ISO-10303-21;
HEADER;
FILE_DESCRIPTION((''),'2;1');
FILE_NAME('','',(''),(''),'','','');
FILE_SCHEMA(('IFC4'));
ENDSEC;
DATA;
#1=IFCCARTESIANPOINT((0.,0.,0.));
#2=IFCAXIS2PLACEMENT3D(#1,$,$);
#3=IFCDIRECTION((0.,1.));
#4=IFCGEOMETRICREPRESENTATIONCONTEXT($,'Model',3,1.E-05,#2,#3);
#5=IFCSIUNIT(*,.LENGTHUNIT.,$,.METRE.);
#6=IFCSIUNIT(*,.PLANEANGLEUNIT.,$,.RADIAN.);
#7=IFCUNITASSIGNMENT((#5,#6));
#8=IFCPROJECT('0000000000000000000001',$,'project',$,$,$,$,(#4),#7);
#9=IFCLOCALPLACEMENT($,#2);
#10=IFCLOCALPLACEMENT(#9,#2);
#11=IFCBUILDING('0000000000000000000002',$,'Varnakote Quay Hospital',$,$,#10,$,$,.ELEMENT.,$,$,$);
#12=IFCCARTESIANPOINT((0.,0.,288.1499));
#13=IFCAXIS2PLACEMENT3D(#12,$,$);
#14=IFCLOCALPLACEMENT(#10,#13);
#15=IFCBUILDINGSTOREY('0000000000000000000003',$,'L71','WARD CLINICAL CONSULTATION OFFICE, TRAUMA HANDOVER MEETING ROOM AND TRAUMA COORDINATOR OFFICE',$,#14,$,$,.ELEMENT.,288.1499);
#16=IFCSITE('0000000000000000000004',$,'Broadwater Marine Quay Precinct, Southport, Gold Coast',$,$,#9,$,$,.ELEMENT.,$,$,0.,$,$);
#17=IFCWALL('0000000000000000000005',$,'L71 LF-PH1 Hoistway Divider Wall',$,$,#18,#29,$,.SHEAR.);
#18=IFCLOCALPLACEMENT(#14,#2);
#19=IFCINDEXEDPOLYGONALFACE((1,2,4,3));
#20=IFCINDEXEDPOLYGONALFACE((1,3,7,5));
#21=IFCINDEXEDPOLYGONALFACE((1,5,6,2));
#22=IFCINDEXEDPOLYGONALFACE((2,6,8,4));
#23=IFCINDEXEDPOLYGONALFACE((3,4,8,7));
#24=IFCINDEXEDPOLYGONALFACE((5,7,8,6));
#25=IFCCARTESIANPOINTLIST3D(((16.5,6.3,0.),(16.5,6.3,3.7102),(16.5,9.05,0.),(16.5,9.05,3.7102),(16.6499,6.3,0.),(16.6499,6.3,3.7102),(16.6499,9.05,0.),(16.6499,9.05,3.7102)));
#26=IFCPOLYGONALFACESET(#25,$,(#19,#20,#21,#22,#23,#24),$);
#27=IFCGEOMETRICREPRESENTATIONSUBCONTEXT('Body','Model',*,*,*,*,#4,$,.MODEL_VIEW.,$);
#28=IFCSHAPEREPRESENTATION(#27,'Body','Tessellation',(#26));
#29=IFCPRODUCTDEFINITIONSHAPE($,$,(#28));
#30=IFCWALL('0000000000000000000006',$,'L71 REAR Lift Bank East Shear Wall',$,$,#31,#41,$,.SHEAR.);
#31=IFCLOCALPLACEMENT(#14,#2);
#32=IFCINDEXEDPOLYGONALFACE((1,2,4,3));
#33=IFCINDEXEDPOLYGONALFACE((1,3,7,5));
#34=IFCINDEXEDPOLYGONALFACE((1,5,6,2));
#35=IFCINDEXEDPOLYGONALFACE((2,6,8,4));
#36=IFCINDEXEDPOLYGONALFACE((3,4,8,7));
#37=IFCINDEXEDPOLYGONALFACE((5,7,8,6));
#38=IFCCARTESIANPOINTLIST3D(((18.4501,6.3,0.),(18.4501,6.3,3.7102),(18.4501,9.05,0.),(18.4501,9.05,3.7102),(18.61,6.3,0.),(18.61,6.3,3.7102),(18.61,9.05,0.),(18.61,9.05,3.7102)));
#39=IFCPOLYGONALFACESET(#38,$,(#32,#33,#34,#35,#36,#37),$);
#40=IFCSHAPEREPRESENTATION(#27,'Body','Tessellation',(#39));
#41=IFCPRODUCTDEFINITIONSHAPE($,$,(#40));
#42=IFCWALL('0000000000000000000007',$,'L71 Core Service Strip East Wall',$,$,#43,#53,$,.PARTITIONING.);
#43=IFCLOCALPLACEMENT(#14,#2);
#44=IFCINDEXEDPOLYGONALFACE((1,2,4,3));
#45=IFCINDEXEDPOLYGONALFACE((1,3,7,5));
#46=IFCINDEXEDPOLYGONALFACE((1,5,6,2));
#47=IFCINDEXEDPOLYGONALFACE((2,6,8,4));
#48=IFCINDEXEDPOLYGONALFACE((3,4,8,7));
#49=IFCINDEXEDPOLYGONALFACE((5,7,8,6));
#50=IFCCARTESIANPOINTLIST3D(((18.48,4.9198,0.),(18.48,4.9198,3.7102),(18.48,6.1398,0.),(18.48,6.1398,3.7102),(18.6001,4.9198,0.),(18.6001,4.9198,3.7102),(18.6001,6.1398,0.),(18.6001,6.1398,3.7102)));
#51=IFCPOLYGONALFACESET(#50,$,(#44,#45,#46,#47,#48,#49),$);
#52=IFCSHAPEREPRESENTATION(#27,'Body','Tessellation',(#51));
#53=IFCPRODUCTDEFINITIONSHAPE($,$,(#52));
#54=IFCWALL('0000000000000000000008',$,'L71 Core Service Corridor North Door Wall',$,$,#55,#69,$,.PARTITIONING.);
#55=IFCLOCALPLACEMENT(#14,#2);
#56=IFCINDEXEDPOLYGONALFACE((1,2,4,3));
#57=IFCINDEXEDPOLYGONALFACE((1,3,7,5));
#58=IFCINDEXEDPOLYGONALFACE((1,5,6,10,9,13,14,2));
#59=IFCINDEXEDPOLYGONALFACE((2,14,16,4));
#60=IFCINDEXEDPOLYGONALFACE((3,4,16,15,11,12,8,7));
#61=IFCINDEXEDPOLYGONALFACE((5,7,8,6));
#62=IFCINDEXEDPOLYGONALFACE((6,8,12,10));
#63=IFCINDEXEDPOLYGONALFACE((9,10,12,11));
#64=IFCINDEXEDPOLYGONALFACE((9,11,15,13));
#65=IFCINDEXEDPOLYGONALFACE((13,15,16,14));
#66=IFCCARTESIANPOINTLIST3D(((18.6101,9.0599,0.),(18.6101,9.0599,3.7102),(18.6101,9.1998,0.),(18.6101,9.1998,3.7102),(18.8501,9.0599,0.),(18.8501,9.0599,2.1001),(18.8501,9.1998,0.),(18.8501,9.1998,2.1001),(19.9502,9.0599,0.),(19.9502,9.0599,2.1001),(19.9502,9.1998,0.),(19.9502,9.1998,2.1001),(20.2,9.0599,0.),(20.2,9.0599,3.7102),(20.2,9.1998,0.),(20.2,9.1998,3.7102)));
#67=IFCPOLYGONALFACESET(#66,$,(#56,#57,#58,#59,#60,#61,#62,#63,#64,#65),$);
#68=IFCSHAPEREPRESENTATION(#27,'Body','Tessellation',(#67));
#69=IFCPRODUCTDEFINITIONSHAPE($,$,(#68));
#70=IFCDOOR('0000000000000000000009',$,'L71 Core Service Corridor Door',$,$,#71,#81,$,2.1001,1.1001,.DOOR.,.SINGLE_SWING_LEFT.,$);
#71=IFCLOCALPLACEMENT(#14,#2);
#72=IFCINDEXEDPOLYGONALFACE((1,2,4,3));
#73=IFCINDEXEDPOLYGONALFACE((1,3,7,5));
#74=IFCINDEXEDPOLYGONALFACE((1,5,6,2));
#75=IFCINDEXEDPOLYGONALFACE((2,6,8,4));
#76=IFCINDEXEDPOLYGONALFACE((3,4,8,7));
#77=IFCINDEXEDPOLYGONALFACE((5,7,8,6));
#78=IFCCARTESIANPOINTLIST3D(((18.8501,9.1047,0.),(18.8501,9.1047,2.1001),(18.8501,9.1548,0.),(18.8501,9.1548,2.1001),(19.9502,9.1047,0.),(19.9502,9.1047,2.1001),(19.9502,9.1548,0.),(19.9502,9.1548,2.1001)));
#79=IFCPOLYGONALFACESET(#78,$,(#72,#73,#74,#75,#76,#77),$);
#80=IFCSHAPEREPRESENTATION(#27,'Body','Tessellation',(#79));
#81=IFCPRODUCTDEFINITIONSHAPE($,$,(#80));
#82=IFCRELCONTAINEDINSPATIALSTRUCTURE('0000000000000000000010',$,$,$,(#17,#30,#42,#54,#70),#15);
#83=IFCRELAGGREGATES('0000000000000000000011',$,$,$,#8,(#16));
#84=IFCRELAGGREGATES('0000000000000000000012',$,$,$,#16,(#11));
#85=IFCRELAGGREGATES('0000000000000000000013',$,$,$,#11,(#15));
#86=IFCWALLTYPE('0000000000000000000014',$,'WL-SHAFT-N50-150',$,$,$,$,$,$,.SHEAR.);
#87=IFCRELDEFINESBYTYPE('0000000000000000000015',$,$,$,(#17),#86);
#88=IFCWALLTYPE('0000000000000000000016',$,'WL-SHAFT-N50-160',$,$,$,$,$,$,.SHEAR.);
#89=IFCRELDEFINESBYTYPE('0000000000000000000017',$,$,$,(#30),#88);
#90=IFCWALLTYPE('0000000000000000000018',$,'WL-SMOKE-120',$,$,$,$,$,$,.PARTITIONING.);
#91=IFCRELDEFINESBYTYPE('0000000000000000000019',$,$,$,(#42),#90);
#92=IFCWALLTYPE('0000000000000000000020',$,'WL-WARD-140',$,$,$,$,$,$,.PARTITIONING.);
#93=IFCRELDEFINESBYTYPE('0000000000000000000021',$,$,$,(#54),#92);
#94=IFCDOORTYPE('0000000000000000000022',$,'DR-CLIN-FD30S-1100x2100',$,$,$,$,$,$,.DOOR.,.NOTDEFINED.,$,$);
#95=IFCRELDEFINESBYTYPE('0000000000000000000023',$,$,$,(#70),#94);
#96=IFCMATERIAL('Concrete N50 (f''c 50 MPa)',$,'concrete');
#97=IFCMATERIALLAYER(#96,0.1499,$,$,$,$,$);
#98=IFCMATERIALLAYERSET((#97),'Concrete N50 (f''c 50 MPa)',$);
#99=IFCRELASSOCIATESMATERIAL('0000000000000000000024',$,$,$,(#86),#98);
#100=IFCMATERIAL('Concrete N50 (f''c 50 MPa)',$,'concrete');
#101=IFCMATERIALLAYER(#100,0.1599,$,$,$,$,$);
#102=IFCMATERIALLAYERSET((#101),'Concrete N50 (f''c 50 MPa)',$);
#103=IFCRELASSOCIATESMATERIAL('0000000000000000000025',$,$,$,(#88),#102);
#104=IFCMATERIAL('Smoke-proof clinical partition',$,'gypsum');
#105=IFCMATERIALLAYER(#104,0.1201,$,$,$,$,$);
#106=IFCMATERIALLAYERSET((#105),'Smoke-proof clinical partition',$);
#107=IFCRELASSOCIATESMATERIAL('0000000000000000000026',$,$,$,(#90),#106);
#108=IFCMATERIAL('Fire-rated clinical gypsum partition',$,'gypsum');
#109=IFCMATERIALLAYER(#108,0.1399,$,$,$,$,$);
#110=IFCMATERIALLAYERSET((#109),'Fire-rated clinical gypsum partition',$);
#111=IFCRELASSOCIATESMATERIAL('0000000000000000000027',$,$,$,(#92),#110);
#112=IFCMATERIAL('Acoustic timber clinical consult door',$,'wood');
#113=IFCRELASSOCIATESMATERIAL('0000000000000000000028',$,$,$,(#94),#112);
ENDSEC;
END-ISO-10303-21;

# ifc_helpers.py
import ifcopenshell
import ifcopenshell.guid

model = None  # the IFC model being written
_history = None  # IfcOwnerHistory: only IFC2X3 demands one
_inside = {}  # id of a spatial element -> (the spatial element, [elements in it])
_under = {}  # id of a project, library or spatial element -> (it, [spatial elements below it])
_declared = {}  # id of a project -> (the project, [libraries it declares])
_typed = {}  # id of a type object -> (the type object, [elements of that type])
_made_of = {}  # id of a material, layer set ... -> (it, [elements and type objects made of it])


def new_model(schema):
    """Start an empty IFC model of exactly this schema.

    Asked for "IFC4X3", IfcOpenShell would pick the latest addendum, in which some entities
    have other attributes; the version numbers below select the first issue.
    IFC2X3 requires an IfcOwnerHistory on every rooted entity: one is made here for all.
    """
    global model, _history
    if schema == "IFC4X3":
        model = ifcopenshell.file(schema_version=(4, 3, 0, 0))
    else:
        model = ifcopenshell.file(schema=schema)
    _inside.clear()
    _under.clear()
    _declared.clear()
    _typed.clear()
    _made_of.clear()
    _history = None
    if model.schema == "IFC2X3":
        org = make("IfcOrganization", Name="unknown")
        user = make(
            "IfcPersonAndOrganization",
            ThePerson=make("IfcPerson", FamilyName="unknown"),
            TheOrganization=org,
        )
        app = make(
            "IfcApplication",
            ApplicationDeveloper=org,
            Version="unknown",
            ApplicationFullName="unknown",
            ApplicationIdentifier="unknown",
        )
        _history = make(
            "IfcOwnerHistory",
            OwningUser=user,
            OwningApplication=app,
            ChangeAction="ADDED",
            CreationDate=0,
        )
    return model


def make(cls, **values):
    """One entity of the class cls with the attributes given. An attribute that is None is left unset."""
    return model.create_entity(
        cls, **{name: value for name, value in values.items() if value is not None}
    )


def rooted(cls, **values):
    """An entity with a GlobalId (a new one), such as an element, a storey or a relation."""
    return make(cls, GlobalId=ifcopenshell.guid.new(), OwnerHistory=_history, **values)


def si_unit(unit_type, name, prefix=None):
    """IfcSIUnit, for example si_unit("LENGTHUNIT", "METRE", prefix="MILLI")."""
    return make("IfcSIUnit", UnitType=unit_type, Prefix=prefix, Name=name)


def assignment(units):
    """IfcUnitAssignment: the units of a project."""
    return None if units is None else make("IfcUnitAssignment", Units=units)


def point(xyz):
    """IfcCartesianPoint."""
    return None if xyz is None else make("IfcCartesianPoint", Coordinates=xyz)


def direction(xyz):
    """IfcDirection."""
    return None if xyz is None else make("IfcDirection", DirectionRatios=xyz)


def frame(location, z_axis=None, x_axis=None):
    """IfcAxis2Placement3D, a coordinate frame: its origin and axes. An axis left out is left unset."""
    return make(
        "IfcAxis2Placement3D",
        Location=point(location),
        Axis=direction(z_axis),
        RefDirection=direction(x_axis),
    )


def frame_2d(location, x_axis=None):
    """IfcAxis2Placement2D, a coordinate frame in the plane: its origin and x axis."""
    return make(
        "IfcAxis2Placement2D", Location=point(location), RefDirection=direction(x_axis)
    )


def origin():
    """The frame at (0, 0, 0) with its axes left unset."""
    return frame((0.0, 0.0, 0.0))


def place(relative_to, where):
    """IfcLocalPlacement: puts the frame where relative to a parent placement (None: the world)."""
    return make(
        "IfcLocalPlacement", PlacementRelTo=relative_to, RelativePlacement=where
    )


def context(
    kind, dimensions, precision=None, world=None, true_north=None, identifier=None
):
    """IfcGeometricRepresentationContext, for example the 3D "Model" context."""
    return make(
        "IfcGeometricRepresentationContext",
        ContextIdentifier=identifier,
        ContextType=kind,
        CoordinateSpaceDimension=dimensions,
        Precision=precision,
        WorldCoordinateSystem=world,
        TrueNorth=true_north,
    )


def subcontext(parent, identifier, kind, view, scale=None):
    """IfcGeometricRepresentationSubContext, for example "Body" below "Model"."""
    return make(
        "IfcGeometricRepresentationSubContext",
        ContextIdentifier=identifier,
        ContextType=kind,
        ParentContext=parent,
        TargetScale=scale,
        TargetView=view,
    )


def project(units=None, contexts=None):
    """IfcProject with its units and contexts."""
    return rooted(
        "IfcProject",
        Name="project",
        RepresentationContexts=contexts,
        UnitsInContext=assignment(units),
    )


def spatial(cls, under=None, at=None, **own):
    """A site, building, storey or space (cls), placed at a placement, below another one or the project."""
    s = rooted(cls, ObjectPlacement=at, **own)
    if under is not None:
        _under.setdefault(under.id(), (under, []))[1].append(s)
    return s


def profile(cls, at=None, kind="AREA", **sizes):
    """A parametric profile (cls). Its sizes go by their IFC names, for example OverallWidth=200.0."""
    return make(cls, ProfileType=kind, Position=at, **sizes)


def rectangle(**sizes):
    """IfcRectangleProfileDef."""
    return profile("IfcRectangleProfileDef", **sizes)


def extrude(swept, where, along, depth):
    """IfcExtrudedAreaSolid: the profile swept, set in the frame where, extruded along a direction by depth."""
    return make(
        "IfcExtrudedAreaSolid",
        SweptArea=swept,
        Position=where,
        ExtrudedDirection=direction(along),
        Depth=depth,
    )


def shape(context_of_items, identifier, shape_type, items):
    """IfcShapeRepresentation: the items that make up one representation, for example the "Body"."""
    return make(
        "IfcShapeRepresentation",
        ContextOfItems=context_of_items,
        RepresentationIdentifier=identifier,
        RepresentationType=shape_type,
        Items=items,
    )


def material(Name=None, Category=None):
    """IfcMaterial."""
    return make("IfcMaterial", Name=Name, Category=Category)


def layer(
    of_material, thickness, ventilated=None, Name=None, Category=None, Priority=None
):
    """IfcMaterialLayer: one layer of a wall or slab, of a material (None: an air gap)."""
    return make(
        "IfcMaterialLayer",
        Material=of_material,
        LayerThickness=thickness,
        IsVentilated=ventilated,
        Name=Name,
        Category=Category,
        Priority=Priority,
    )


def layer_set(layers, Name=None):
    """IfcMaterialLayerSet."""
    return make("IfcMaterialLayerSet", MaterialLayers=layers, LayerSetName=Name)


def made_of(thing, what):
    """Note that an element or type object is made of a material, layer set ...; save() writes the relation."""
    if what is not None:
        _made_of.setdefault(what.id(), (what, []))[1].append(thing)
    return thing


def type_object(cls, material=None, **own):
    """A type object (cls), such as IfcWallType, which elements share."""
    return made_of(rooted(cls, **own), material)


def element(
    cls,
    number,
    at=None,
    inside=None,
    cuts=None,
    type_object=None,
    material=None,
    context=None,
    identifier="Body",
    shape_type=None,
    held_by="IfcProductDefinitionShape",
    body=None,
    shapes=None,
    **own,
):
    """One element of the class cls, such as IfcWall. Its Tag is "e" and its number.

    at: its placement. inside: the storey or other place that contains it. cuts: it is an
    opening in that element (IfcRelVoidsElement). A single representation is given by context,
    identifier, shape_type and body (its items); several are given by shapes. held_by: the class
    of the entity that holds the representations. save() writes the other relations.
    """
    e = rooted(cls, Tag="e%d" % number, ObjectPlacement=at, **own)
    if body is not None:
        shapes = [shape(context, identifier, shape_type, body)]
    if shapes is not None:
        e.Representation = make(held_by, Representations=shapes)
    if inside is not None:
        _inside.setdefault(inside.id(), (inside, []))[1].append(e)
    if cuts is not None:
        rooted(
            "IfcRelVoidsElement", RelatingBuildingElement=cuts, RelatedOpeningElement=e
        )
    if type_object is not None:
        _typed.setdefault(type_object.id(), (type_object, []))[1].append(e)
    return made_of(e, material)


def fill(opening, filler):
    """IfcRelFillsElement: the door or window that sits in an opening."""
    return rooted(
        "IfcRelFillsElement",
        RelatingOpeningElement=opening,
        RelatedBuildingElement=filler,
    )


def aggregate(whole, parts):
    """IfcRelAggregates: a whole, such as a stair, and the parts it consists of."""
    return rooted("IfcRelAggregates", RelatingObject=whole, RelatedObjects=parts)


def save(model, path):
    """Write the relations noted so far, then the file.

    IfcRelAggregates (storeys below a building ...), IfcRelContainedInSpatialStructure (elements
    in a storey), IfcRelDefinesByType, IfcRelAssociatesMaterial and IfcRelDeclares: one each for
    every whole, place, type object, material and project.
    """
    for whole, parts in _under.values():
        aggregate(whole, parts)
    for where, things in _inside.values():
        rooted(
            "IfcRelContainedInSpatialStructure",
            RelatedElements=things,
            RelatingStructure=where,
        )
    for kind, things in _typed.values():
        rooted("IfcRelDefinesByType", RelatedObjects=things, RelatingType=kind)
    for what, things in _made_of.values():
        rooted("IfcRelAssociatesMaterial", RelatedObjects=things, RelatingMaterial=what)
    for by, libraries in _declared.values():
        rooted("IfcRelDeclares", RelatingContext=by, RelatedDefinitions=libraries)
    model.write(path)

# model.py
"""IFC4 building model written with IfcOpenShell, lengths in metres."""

from ifc_helpers import new_model, si_unit, direction, frame, frame_2d, origin, place, context, subcontext, project, spatial, rectangle, extrude, material, layer, layer_set, type_object, element, fill, save


model = new_model("IFC4")

# Units and contexts
model_context = context("Model", 3, precision=1e-05, world=origin(), true_north=direction((0.0, 1.0)))
body_context = subcontext(model_context, "Body", "Model", "MODEL_VIEW")
ifc_project = project(units=[si_unit("LENGTHUNIT", "METRE"), si_unit("PLANEANGLEUNIT", "RADIAN")], contexts=[model_context])

# Site, building, storey
site_placement = place(None, origin())
site = spatial("IfcSite", under=ifc_project, at=site_placement, Name="Broadwater Marine Quay Precinct, Southport, Gold Coast", CompositionType="ELEMENT", RefElevation=0.0)
building_placement = place(site_placement, origin())
building = spatial("IfcBuilding", under=site, at=building_placement, Name="Varnakote Quay Hospital", CompositionType="ELEMENT")
storey_placement = place(building_placement, frame((0.0, 0.0, 288.1499)))
storey = spatial("IfcBuildingStorey", under=building, at=storey_placement, Name="L71", Description="WARD CLINICAL CONSULTATION OFFICE, TRAUMA HANDOVER MEETING ROOM AND TRAUMA COORDINATOR OFFICE", CompositionType="ELEMENT", Elevation=288.1499)

# Walls
ifc_material_1 = material(Name="Concrete N50 (f'c 50 MPa)", Category="concrete")
ifc_layer_1 = layer(ifc_material_1, 0.1499)
ifc_layer_set_1 = layer_set([ifc_layer_1], Name="Concrete N50 (f'c 50 MPa)")
wall_type_1 = type_object("IfcWallType", Name="WL-SHAFT-N50-150", PredefinedType="SHEAR", material=ifc_layer_set_1)
for number, where, z_axis, x_axis, name in (
    (1, (16.575, 6.3, 0.0), (0.0, 0.0, 1.0), (0.0, 1.0, 0.0), "L71 LF-PH1 Hoistway Divider Wall"),
):
    element("IfcWall", number, at=place(storey_placement, frame(where, z_axis=z_axis, x_axis=x_axis)), inside=storey, type_object=wall_type_1, Name=name, PredefinedType="SHEAR", context=body_context, shape_type="SweptSolid", body=[
        extrude(rectangle(XDim=2.75, YDim=0.1499, at=frame_2d((1.375, 0.0))), origin(), (0.0, 0.0, 1.0), 3.7102),
    ])
ifc_material_2 = material(Name="Concrete N50 (f'c 50 MPa)", Category="concrete")
ifc_layer_2 = layer(ifc_material_2, 0.1599)
ifc_layer_set_2 = layer_set([ifc_layer_2], Name="Concrete N50 (f'c 50 MPa)")
wall_type_2 = type_object("IfcWallType", Name="WL-SHAFT-N50-160", PredefinedType="SHEAR", material=ifc_layer_set_2)
wall_1_placement = place(storey_placement, frame((18.53, 6.3, 0.0), z_axis=(0.0, 0.0, 1.0), x_axis=(0.0, 1.0, 0.0)))
element("IfcWall", 2, at=wall_1_placement, inside=storey, type_object=wall_type_2, Name="L71 REAR Lift Bank East Shear Wall", PredefinedType="SHEAR", context=body_context, shape_type="SweptSolid", body=[
    extrude(rectangle(XDim=2.75, YDim=0.1599, at=frame_2d((1.375, 0.0))), origin(), (0.0, 0.0, 1.0), 3.7102),
])

# Wall
ifc_material_3 = material(Name="Smoke-proof clinical partition", Category="gypsum")
ifc_layer_3 = layer(ifc_material_3, 0.1201)
ifc_layer_set_3 = layer_set([ifc_layer_3], Name="Smoke-proof clinical partition")
wall_type_3 = type_object("IfcWallType", Name="WL-SMOKE-120", PredefinedType="PARTITIONING", material=ifc_layer_set_3)
wall_2_placement = place(storey_placement, frame((18.54, 4.9199, 0.0), z_axis=(0.0, 0.0, 1.0), x_axis=(0.0, 1.0, 0.0)))
element("IfcWall", 3, at=wall_2_placement, inside=storey, type_object=wall_type_3, Name="L71 Core Service Strip East Wall", PredefinedType="PARTITIONING", context=body_context, shape_type="SweptSolid", body=[
    extrude(rectangle(XDim=1.22, YDim=0.1201, at=frame_2d((0.6099, 0.0))), origin(), (0.0, 0.0, 1.0), 3.7102),
])

# Wall, opening, door
ifc_material_4 = material(Name="Fire-rated clinical gypsum partition", Category="gypsum")
ifc_layer_4 = layer(ifc_material_4, 0.1399)
ifc_layer_set_4 = layer_set([ifc_layer_4], Name="Fire-rated clinical gypsum partition")
wall_type_4 = type_object("IfcWallType", Name="WL-WARD-140", PredefinedType="PARTITIONING", material=ifc_layer_set_4)
wall_3_placement = place(storey_placement, frame((18.6101, 9.1299, 0.0), z_axis=(0.0, 0.0, 1.0), x_axis=(1.0, 0.0, 0.0)))
wall_3 = element("IfcWall", 4, at=wall_3_placement, inside=storey, type_object=wall_type_4, Name="L71 Core Service Corridor North Door Wall", PredefinedType="PARTITIONING", context=body_context, shape_type="SweptSolid", body=[
    extrude(rectangle(XDim=1.5898, YDim=0.1399, at=frame_2d((0.7949, 0.0))), origin(), (0.0, 0.0, 1.0), 3.7102),
])
opening_1_placement = place(wall_3_placement, frame((0.24, 0.0, 0.0)))
opening_1 = element("IfcOpeningElement", 5, at=opening_1_placement, cuts=wall_3, PredefinedType="OPENING", context=body_context, shape_type="SweptSolid", body=[
    extrude(rectangle(XDim=1.1001, YDim=2.1001, at=frame_2d((0.55, 1.05))), frame((0.0, 0.0798, 0.0), z_axis=(0.0, -1.0, 0.0), x_axis=(1.0, 0.0, 0.0)), (0.0, 0.0, 1.0), 0.1599),
])
ifc_material_5 = material(Name="Acoustic timber clinical consult door", Category="wood")
door_type_1 = type_object("IfcDoorType", Name="DR-CLIN-FD30S-1100x2100", OperationType="NOTDEFINED", PredefinedType="DOOR", material=ifc_material_5)
door_1_placement = place(opening_1_placement, origin())
door_1 = element("IfcDoor", 6, at=door_1_placement, inside=storey, type_object=door_type_1, Name="L71 Core Service Corridor Door", OperationType="SINGLE_SWING_LEFT", OverallHeight=2.1001, OverallWidth=1.1001, PredefinedType="DOOR", context=body_context, shape_type="SweptSolid", body=[
    extrude(rectangle(XDim=1.1001, YDim=2.1001, at=frame_2d((0.55, 1.05))), frame((0.0, 0.0249, 0.0), z_axis=(0.0, -1.0, 0.0), x_axis=(1.0, 0.0, 0.0)), (0.0, 0.0, 1.0), 0.05),
])
fill(opening_1, door_1)

save(model, "model.ifc")
